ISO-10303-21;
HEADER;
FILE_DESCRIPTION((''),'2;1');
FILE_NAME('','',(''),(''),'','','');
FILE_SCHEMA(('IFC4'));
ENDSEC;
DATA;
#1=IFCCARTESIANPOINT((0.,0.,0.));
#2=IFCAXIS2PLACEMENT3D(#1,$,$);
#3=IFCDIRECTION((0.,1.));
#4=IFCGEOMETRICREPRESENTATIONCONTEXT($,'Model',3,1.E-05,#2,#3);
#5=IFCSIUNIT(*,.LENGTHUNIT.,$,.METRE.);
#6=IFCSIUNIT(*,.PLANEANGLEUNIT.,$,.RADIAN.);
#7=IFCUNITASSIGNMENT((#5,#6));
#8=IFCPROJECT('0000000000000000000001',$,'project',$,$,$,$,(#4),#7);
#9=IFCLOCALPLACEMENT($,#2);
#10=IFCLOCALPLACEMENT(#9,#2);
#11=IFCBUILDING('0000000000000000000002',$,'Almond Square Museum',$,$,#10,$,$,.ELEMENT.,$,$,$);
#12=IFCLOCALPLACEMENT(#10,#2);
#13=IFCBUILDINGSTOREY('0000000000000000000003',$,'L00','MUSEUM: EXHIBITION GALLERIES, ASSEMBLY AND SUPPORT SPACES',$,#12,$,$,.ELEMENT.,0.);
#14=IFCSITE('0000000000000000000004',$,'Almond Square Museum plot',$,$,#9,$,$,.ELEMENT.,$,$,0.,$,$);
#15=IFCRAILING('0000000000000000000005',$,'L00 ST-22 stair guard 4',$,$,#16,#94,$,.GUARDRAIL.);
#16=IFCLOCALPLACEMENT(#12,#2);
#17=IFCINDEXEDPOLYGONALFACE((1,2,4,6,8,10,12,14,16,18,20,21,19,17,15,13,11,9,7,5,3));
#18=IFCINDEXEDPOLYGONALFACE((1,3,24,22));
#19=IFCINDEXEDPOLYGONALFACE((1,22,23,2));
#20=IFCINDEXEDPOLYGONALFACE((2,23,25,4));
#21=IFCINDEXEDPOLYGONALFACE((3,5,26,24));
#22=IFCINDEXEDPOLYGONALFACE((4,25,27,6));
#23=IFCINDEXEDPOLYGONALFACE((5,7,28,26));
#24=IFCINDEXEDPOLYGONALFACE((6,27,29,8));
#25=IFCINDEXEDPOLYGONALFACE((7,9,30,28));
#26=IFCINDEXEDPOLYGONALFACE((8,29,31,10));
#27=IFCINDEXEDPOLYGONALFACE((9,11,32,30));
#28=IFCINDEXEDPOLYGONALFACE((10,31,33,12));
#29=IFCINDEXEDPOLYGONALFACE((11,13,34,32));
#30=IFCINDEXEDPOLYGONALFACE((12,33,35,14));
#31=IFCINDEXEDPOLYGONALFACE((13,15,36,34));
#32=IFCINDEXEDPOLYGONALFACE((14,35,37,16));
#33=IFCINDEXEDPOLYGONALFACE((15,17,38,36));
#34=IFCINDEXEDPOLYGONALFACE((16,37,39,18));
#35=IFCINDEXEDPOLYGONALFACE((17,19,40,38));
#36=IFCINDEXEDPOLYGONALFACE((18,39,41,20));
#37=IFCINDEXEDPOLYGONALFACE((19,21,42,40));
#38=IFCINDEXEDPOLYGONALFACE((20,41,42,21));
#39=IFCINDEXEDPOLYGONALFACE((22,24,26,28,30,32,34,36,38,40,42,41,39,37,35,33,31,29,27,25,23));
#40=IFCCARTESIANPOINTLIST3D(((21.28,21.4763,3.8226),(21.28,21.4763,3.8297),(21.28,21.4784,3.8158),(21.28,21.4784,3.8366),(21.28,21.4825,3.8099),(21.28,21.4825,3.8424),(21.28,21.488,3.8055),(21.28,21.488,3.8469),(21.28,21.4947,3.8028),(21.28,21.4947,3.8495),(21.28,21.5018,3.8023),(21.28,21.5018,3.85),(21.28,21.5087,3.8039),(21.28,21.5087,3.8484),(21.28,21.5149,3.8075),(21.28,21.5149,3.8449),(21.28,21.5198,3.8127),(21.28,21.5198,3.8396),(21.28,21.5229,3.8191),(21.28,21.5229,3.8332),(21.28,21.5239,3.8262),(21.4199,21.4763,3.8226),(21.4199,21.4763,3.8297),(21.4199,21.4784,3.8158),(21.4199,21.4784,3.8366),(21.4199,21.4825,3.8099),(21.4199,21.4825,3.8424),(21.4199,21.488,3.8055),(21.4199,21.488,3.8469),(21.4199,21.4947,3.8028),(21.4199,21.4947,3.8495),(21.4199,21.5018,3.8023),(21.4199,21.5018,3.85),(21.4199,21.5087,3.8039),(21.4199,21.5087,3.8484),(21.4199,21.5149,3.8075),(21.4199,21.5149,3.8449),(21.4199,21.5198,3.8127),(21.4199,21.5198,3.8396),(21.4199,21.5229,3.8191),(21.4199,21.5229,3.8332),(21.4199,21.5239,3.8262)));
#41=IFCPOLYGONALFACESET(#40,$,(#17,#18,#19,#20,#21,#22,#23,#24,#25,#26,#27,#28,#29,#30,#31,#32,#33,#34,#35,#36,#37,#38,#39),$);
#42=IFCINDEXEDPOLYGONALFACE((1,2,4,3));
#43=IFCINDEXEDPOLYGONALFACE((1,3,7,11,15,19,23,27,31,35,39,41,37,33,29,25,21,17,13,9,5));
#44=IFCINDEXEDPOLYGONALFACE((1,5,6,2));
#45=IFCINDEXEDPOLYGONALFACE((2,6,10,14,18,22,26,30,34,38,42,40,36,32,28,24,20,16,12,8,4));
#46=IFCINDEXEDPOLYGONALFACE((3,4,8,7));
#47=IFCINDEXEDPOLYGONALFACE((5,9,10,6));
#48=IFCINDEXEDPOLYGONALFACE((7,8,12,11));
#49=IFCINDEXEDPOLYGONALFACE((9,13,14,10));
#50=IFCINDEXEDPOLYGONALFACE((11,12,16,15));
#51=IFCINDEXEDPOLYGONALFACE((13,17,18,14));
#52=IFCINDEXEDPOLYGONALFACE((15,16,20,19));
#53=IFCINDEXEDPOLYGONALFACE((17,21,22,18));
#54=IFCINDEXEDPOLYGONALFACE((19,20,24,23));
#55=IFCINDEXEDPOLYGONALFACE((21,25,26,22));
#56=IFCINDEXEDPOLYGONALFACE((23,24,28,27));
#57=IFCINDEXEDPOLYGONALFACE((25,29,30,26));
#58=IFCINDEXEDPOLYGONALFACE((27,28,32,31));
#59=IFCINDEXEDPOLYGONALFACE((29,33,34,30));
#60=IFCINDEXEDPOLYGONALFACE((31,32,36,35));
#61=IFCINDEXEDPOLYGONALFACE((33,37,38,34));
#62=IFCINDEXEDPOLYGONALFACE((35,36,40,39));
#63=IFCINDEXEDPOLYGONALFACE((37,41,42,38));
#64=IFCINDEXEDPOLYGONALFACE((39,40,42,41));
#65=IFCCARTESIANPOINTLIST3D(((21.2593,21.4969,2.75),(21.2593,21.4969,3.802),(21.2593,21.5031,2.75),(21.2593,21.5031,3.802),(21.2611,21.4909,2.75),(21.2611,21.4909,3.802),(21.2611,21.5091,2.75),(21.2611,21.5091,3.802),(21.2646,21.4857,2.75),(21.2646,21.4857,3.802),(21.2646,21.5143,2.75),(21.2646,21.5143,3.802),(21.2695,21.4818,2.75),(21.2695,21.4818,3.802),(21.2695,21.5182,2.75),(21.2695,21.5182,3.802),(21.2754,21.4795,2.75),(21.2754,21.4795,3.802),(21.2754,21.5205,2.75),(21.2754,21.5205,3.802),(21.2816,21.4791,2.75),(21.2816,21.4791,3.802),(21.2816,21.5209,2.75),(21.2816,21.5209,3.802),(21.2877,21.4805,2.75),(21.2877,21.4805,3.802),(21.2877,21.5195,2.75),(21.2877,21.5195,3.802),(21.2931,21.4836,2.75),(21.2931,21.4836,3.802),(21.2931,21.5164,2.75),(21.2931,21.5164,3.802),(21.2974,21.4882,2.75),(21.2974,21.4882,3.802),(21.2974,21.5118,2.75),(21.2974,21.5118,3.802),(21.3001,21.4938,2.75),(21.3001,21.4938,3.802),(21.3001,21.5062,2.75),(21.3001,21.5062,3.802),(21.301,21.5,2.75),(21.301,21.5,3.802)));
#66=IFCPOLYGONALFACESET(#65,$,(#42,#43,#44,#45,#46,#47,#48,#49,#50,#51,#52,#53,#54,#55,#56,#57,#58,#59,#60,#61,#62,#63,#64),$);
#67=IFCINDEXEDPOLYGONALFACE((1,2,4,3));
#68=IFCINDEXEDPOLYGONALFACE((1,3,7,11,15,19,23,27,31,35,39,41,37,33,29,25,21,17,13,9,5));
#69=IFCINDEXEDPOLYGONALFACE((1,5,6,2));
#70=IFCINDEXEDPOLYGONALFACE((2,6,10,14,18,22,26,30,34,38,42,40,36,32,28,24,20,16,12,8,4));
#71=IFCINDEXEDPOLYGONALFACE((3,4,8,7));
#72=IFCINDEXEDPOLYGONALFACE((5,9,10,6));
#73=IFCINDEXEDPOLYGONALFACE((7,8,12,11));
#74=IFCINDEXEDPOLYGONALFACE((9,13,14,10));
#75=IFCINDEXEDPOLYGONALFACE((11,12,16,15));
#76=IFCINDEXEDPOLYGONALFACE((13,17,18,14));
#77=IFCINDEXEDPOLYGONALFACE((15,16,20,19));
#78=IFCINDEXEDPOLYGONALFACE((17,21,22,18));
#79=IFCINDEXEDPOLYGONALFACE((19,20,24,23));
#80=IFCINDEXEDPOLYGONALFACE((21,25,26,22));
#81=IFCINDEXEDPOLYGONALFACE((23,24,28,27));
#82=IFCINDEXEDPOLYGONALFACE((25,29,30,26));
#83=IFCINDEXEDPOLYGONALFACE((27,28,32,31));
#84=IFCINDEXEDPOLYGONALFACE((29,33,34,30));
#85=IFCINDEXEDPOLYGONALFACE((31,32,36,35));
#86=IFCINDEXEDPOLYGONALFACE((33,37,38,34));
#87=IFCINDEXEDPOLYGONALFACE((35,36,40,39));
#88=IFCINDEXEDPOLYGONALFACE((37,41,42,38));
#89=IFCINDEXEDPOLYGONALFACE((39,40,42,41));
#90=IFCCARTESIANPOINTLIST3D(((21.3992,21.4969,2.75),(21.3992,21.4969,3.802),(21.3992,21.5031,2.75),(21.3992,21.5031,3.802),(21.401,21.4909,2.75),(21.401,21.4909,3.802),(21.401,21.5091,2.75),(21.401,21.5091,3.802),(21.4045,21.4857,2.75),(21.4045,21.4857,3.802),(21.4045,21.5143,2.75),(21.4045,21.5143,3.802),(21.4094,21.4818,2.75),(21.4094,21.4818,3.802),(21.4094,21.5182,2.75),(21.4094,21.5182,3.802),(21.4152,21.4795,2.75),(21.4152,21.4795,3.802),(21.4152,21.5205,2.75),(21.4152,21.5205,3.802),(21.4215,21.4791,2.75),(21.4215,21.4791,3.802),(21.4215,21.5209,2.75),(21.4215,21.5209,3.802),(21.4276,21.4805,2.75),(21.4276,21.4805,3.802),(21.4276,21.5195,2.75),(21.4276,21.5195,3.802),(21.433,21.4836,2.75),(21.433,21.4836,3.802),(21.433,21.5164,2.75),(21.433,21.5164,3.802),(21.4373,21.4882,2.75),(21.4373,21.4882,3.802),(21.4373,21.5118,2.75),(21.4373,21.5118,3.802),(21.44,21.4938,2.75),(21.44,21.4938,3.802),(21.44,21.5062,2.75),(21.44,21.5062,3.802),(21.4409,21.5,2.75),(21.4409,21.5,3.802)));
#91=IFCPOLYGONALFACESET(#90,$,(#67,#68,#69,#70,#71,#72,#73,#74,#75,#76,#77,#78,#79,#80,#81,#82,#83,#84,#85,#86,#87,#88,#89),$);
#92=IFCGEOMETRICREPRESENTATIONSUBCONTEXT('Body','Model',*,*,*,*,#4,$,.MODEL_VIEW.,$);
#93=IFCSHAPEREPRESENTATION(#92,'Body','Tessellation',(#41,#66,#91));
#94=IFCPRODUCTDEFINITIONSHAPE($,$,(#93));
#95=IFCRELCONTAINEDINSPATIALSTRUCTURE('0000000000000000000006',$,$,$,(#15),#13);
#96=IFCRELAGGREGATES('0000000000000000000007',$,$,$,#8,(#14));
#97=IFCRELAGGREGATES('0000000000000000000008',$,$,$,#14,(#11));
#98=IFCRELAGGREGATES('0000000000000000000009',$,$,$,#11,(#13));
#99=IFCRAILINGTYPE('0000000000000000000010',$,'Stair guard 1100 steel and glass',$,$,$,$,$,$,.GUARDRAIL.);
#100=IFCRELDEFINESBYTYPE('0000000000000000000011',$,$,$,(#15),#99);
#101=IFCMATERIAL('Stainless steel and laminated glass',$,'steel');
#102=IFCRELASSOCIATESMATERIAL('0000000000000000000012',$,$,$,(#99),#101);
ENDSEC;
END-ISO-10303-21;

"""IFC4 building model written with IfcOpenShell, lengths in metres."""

from ifc_helpers import new_model, si_unit, direction, frame, origin, origin_2d, place, context, subcontext, project, spatial, circle, extrude, material, type_object, element, save


model = new_model("IFC4")

# Units and contexts
model_context = context("Model", 3, precision=1e-05, world=origin(), true_north=direction((0.0, 1.0)))
body_context = subcontext(model_context, "Body", "Model", "MODEL_VIEW")
ifc_project = project(units=[si_unit("LENGTHUNIT", "METRE"), si_unit("PLANEANGLEUNIT", "RADIAN")], contexts=[model_context])

# Site, building, storey
site_placement = place(None, origin())
site = spatial("IfcSite", under=ifc_project, at=site_placement, Name="Almond Square Museum plot", CompositionType="ELEMENT", RefElevation=0.0)
building_placement = place(site_placement, origin())
building = spatial("IfcBuilding", under=site, at=building_placement, Name="Almond Square Museum", CompositionType="ELEMENT")
storey_placement = place(building_placement, origin())
storey = spatial("IfcBuildingStorey", under=building, at=storey_placement, Name="L00", Description="MUSEUM: EXHIBITION GALLERIES, ASSEMBLY AND SUPPORT SPACES", CompositionType="ELEMENT", Elevation=0.0)

# Railing
ifc_material_1 = material(Name="Stainless steel and laminated glass", Category="steel")
railing_type_1 = type_object("IfcRailingType", Name="Stair guard 1100 steel and glass", PredefinedType="GUARDRAIL", material=ifc_material_1)
railing_1_placement = place(storey_placement, frame((21.28, 21.5, 2.75)))
element("IfcRailing", 1, at=railing_1_placement, inside=storey, type_object=railing_type_1, Name="L00 ST-22 stair guard 4", PredefinedType="GUARDRAIL", context=body_context, shape_type="SweptSolid", body=[
    extrude(circle(Radius=0.0239, at=origin_2d()), frame((0.0, 0.0, 1.0762), z_axis=(1.0, 0.0, 0.0), x_axis=(0.0, 1.0, 0.0)), (0.0, 0.0, 1.0), 0.1399),
    extrude(circle(Radius=0.021, at=origin_2d()), origin(), (0.0, 0.0, 1.0), 1.052),
    extrude(circle(Radius=0.021, at=origin_2d()), frame((0.1399, 0.0, 0.0)), (0.0, 0.0, 1.0), 1.052),
])

save(model, "model.ifc")
